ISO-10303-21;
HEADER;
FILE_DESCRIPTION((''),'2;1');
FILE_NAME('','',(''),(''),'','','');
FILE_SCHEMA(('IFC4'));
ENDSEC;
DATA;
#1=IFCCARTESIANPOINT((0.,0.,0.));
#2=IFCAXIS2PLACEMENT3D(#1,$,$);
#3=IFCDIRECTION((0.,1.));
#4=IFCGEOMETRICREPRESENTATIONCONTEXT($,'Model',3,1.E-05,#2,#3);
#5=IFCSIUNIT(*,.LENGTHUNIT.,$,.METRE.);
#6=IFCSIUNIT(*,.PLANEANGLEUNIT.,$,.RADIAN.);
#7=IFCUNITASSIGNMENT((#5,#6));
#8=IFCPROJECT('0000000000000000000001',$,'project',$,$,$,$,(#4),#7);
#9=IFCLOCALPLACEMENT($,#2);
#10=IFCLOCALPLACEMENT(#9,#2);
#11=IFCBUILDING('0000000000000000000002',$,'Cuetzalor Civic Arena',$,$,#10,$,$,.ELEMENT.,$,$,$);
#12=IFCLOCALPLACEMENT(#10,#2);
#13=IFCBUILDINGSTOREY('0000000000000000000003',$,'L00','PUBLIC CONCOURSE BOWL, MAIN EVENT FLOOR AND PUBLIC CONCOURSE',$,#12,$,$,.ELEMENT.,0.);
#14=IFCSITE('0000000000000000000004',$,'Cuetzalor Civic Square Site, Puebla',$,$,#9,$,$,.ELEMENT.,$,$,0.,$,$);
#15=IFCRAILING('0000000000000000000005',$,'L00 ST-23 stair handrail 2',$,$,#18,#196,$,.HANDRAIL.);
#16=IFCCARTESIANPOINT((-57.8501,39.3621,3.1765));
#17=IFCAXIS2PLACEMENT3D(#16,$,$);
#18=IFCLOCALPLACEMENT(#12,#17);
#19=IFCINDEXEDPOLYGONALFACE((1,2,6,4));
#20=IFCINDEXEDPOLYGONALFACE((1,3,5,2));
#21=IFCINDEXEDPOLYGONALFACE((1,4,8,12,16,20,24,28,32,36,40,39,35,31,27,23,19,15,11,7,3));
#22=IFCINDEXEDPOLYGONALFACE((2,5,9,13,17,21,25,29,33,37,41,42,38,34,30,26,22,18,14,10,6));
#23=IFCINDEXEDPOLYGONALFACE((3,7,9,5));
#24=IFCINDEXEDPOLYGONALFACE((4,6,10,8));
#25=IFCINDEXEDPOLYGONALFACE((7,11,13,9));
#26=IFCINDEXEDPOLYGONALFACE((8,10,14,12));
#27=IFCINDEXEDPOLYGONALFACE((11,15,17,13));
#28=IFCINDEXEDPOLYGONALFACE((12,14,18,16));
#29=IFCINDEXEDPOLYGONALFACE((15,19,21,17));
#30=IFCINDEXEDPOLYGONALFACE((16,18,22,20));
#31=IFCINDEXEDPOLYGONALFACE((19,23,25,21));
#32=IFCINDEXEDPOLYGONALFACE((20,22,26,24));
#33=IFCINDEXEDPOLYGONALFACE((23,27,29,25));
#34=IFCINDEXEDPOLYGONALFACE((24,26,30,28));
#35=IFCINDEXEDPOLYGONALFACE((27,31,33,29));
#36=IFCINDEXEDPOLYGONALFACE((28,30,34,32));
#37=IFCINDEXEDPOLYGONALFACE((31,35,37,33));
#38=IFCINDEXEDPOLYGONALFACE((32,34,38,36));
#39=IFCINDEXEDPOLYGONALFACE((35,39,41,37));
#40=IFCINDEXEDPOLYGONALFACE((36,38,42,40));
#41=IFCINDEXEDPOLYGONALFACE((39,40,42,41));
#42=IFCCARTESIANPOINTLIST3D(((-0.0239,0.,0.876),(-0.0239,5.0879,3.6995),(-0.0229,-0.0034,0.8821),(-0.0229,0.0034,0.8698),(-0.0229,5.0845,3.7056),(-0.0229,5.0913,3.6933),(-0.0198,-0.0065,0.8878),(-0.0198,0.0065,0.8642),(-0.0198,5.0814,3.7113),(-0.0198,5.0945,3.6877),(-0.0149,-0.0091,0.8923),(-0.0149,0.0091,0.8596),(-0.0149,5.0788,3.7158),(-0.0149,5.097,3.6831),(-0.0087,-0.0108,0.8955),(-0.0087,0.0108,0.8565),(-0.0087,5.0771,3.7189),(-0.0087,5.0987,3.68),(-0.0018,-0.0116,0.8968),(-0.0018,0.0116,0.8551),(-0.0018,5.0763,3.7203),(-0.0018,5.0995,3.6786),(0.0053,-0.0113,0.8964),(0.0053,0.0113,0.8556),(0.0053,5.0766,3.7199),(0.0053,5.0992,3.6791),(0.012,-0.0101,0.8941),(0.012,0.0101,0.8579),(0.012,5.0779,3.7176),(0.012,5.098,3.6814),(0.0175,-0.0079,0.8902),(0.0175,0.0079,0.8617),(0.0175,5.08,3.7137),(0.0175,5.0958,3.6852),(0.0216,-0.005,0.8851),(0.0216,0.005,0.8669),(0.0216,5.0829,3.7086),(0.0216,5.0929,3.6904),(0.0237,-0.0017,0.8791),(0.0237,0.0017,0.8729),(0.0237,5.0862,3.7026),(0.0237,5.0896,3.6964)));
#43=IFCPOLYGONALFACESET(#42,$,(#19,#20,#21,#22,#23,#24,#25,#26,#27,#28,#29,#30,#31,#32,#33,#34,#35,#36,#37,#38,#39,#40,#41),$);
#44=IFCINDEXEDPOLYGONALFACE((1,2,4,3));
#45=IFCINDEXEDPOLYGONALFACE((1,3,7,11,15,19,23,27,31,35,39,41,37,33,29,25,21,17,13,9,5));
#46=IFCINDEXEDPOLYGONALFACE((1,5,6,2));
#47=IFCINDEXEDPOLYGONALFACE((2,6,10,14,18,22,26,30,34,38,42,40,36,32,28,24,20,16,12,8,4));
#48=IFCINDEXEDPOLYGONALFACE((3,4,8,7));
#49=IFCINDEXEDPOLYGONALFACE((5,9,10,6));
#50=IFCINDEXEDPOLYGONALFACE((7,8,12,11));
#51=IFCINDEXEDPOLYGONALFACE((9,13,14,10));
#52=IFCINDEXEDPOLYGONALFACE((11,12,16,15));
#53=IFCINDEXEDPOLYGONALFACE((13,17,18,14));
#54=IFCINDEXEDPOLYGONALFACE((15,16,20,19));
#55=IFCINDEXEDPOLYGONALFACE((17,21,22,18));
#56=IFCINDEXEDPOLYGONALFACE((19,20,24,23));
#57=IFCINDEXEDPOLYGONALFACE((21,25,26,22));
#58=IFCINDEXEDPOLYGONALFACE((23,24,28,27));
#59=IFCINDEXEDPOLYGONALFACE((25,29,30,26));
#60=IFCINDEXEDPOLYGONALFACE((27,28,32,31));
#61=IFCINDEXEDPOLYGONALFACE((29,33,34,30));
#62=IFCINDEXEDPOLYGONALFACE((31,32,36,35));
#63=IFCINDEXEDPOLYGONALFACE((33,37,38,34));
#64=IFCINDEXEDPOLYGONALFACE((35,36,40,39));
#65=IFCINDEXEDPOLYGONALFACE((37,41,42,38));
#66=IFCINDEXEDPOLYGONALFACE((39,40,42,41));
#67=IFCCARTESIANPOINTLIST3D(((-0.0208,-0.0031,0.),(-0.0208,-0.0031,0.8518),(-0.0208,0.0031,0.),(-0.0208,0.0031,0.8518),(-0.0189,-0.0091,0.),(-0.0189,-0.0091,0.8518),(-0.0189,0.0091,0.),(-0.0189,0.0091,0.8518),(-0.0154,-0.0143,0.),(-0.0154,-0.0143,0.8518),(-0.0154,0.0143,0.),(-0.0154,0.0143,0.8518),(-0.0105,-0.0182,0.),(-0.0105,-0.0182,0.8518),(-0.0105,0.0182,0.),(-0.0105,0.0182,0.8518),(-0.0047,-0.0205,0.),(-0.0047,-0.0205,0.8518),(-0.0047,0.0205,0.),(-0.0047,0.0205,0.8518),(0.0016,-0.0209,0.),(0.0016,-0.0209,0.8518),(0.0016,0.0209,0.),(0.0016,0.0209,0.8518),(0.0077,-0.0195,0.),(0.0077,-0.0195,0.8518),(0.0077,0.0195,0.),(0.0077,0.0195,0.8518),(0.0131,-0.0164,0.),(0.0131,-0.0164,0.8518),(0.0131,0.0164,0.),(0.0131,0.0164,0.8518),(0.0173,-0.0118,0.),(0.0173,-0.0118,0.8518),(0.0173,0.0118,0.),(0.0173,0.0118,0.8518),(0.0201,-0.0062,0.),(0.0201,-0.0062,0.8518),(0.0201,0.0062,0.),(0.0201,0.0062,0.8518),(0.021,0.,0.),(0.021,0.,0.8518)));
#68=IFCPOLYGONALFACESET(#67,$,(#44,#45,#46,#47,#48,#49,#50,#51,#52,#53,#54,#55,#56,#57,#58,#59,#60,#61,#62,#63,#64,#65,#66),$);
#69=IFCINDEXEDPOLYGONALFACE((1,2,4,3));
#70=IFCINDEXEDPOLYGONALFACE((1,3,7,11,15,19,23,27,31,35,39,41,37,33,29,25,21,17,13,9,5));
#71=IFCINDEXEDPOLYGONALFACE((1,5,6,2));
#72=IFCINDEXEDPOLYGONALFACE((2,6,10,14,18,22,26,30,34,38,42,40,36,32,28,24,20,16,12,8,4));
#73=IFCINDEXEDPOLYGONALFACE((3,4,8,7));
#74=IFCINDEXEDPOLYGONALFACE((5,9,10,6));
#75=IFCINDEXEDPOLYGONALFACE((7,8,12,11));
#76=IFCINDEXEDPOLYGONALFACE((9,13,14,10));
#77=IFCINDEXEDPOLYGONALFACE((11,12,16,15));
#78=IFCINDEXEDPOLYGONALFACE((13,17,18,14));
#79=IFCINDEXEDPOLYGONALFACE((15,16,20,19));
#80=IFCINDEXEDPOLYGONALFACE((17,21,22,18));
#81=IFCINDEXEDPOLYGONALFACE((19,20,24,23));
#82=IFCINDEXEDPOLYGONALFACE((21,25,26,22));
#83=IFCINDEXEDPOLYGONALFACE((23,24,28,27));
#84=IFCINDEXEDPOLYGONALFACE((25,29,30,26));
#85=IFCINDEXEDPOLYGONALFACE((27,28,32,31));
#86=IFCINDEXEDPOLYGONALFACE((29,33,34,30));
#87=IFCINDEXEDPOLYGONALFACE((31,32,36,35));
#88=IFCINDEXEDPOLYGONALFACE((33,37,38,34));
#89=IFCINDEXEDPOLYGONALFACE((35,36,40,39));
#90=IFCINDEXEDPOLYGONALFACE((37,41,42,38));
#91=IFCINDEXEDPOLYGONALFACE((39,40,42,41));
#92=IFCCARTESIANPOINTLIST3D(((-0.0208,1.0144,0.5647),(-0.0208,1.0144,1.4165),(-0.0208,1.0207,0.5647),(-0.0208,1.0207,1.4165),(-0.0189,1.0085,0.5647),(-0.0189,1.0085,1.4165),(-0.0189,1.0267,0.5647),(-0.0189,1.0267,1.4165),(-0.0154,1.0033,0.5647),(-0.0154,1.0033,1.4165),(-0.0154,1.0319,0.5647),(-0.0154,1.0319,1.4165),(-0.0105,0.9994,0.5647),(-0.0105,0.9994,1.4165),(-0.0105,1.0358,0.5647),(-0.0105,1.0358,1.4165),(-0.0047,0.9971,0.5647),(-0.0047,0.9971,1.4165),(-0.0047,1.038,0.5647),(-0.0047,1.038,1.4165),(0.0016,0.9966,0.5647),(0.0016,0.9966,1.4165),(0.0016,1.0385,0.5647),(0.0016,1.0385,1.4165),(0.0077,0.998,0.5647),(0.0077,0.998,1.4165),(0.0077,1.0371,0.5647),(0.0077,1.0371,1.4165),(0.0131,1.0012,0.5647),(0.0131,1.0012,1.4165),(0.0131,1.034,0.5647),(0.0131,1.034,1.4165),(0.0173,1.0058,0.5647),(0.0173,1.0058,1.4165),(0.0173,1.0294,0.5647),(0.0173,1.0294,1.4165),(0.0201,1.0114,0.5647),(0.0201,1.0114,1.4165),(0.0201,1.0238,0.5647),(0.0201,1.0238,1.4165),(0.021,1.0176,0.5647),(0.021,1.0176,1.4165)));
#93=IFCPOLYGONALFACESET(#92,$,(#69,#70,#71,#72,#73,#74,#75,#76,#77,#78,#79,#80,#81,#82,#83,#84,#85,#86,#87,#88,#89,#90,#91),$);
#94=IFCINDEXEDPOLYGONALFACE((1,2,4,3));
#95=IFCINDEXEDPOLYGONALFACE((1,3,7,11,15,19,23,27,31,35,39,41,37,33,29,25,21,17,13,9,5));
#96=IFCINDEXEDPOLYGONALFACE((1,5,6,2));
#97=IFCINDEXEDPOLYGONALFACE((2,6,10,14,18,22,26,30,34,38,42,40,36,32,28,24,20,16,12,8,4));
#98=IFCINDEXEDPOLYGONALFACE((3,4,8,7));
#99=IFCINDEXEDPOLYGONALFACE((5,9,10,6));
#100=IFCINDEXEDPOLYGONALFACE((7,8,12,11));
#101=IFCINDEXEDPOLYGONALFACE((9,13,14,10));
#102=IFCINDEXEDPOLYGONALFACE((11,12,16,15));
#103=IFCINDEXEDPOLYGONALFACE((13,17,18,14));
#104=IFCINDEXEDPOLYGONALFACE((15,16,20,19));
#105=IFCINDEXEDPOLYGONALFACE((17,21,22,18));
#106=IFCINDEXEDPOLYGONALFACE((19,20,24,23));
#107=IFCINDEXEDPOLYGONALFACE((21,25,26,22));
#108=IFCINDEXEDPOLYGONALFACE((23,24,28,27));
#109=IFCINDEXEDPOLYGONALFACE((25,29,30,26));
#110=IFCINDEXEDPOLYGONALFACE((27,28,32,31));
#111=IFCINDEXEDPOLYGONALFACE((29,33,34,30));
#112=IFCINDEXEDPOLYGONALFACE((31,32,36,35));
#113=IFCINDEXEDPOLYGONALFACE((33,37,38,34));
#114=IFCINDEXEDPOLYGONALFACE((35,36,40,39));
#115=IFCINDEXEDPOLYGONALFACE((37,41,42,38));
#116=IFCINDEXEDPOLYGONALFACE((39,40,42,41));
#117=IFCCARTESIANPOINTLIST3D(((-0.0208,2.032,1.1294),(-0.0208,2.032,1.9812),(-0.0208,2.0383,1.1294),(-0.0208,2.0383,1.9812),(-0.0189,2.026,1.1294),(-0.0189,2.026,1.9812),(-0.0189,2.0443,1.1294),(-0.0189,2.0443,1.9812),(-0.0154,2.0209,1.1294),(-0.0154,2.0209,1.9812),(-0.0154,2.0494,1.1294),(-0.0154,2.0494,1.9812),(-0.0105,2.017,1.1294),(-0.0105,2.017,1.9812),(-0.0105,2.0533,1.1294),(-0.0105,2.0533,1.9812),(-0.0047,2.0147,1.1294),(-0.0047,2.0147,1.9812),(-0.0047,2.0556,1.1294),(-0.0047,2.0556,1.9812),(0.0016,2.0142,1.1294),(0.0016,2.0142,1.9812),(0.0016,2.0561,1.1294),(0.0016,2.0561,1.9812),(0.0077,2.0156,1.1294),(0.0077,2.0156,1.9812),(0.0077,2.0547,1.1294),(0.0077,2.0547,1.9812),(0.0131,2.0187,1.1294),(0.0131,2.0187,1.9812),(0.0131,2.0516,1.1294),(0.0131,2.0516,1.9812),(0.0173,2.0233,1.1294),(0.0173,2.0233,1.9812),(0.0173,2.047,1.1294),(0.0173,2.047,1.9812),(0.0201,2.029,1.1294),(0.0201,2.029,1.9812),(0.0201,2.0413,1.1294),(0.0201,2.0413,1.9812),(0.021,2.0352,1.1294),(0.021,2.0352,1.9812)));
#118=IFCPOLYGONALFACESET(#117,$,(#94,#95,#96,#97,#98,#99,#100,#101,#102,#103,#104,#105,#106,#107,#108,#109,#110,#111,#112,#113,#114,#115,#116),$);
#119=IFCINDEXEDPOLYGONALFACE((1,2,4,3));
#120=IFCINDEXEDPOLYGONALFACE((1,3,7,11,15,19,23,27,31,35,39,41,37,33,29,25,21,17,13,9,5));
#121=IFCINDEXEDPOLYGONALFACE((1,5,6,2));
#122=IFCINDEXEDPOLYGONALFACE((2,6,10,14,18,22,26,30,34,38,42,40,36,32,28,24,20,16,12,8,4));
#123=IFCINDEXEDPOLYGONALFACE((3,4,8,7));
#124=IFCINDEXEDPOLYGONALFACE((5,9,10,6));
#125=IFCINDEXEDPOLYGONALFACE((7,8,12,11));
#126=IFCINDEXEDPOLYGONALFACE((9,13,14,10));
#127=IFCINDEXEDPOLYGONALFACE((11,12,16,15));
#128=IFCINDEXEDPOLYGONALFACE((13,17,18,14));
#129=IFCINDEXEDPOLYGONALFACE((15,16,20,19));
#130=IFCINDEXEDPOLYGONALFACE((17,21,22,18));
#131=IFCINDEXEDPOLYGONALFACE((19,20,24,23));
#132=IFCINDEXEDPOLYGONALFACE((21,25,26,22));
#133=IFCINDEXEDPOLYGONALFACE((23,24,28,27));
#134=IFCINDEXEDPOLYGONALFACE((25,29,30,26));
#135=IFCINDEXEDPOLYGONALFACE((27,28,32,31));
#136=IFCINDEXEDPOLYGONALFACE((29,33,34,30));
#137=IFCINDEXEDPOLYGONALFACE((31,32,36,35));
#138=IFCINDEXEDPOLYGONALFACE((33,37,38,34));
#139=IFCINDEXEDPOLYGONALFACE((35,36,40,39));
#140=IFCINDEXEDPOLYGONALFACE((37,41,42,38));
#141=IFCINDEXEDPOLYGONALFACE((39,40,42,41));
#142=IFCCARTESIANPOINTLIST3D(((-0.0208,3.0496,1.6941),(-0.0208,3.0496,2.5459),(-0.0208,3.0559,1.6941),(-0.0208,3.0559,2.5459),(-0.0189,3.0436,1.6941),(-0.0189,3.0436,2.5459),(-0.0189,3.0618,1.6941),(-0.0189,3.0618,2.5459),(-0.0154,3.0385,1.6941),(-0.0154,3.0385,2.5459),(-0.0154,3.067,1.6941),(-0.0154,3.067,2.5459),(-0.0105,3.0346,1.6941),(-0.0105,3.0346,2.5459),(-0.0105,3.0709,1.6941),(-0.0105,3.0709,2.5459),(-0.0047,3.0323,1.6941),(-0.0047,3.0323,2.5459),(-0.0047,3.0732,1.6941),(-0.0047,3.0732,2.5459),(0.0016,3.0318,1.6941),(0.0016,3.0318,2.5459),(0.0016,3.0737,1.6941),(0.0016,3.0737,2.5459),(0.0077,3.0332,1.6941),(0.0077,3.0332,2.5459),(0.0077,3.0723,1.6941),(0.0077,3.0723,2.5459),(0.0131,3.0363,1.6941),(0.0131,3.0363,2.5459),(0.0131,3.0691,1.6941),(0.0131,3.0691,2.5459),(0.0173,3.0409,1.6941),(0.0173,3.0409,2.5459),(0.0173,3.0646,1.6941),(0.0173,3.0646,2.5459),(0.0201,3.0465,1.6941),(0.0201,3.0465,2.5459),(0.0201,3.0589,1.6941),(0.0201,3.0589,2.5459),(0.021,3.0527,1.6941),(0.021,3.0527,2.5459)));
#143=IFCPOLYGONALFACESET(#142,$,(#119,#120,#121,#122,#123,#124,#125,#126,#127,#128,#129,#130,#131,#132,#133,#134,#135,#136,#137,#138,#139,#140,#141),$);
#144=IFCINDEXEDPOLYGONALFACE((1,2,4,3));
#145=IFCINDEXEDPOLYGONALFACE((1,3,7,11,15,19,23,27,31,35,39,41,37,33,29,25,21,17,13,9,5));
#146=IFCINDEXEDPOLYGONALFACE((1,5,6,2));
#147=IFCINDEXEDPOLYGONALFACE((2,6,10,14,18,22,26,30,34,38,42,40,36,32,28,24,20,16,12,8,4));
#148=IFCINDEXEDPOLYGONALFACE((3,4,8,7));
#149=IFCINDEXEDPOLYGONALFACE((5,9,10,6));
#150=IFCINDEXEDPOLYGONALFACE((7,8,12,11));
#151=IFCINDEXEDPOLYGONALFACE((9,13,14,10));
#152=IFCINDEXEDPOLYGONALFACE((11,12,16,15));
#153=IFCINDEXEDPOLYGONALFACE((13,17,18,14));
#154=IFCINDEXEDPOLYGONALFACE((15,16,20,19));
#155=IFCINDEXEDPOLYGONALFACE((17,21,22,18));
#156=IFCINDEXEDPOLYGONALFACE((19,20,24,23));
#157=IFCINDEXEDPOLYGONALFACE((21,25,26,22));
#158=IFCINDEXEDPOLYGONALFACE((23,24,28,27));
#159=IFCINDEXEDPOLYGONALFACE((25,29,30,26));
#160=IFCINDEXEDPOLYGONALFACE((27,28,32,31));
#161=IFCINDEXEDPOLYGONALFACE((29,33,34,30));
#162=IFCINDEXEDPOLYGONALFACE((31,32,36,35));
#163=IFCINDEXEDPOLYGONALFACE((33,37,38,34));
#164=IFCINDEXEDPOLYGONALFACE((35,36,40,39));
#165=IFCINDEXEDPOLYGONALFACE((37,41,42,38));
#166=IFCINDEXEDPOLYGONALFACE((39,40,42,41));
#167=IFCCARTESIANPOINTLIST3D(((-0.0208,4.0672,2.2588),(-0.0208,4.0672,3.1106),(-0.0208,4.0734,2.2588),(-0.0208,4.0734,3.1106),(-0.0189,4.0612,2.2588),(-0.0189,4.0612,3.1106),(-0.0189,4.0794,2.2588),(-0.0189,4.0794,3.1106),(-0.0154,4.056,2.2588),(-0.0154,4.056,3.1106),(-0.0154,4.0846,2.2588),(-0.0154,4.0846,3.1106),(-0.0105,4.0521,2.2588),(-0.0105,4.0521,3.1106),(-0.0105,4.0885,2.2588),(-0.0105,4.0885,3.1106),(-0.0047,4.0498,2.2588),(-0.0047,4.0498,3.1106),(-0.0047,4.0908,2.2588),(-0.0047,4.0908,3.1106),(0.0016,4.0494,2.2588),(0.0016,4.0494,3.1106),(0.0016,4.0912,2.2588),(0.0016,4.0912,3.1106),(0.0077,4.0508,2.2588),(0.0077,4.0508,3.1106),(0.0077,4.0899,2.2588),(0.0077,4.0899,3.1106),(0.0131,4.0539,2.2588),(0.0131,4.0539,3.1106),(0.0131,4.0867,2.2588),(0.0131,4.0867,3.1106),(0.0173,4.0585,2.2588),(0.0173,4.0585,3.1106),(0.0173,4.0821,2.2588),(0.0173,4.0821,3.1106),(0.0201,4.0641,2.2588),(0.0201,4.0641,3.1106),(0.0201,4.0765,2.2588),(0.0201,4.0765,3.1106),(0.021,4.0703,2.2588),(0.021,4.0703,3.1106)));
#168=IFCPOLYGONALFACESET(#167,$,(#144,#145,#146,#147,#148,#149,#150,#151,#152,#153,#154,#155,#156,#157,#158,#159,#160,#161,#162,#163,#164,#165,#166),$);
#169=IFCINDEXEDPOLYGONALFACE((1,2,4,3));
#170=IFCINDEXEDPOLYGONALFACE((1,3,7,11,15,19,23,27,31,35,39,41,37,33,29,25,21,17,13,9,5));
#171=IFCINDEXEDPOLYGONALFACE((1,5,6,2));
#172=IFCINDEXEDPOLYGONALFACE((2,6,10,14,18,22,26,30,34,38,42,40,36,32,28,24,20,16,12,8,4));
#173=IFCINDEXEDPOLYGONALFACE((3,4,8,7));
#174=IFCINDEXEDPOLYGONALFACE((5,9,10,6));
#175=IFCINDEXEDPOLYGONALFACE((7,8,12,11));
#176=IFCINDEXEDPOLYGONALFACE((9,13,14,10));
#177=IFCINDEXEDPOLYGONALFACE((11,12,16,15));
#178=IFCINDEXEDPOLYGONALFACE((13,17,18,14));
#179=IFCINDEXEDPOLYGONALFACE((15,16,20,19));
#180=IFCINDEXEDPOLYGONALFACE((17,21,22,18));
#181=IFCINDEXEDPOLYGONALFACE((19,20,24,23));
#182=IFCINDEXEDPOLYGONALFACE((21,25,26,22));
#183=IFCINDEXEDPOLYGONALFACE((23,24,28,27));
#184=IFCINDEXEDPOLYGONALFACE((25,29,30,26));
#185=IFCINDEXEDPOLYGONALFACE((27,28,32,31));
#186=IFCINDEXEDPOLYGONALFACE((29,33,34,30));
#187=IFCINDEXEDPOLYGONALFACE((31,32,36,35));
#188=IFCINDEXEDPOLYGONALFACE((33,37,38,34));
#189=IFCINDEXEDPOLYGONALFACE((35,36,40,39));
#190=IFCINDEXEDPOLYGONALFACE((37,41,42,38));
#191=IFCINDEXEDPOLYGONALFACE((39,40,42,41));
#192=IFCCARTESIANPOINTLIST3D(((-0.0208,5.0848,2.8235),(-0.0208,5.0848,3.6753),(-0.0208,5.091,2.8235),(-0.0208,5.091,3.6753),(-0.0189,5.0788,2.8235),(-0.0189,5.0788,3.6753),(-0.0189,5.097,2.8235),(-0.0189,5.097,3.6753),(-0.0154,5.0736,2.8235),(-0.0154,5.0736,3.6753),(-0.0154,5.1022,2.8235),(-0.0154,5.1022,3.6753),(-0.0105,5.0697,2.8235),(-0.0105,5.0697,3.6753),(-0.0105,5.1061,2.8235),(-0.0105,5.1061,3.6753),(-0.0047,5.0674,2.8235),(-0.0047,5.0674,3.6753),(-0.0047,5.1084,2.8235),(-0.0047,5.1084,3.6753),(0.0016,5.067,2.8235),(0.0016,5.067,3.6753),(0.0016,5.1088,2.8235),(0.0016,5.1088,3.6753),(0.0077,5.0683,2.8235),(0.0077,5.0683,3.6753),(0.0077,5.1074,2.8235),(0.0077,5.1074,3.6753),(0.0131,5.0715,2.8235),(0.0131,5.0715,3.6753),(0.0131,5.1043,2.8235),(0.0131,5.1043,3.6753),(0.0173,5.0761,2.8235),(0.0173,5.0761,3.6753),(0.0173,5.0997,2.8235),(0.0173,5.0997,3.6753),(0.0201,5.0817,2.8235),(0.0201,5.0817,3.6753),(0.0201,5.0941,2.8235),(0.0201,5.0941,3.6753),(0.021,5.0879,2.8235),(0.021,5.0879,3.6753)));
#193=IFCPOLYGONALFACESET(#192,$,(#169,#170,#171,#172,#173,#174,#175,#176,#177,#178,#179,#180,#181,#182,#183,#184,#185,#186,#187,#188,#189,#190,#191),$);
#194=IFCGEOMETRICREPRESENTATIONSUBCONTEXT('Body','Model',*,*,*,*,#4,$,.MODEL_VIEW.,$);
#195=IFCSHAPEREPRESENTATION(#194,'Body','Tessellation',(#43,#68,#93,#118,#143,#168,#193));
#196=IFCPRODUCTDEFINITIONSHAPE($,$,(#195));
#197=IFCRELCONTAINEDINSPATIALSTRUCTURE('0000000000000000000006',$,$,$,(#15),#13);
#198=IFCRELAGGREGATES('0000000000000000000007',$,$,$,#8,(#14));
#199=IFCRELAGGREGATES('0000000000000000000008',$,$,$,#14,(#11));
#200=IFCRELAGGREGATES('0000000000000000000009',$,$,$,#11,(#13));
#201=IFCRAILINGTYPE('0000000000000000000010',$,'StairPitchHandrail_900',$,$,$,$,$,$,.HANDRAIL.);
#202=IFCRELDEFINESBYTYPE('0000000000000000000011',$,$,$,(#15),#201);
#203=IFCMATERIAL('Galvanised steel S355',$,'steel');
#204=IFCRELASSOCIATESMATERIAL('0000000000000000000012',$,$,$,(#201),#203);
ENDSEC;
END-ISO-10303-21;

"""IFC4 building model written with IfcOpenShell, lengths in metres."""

from ifc_helpers import new_model, si_unit, direction, frame, origin, origin_2d, place, context, subcontext, project, spatial, circle, extrude, material, type_object, element, save


model = new_model("IFC4")

# Units and contexts
model_context = context("Model", 3, precision=1e-05, world=origin(), true_north=direction((0.0, 1.0)))
body_context = subcontext(model_context, "Body", "Model", "MODEL_VIEW")
ifc_project = project(units=[si_unit("LENGTHUNIT", "METRE"), si_unit("PLANEANGLEUNIT", "RADIAN")], contexts=[model_context])

# Site, building, storey
site_placement = place(None, origin())
site = spatial("IfcSite", under=ifc_project, at=site_placement, Name="Cuetzalor Civic Square Site, Puebla", CompositionType="ELEMENT", RefElevation=0.0)
building_placement = place(site_placement, origin())
building = spatial("IfcBuilding", under=site, at=building_placement, Name="Cuetzalor Civic Arena", CompositionType="ELEMENT")
storey_placement = place(building_placement, origin())
storey = spatial("IfcBuildingStorey", under=building, at=storey_placement, Name="L00", Description="PUBLIC CONCOURSE BOWL, MAIN EVENT FLOOR AND PUBLIC CONCOURSE", CompositionType="ELEMENT", Elevation=0.0)

# Railing
ifc_material_1 = material(Name="Galvanised steel S355", Category="steel")
railing_type_1 = type_object("IfcRailingType", Name="StairPitchHandrail_900", PredefinedType="HANDRAIL", material=ifc_material_1)
railing_1_placement = place(storey_placement, frame((-57.8501, 39.3621, 3.1765)))
element("IfcRailing", 1, at=railing_1_placement, inside=storey, type_object=railing_type_1, Name="L00 ST-23 stair handrail 2", PredefinedType="HANDRAIL", context=body_context, shape_type="SweptSolid", body=[
    extrude(circle(Radius=0.0239, at=origin_2d()), frame((0.0, 0.0, 0.876), z_axis=(0.0, 0.874385, 0.485233), x_axis=(-1.0, 0.0, 0.0)), (0.0, 0.0, 1.0), 5.8188),
    extrude(circle(Radius=0.021, at=origin_2d()), origin(), (0.0, 0.0, 1.0), 0.8518),
    extrude(circle(Radius=0.021, at=origin_2d()), frame((0.0, 1.0176, 0.5647)), (0.0, 0.0, 1.0), 0.8518),
    extrude(circle(Radius=0.021, at=origin_2d()), frame((0.0, 2.0352, 1.1294)), (0.0, 0.0, 1.0), 0.8518),
    extrude(circle(Radius=0.021, at=origin_2d()), frame((0.0, 3.0527, 1.6941)), (0.0, 0.0, 1.0), 0.8518),
    extrude(circle(Radius=0.021, at=origin_2d()), frame((0.0, 4.0703, 2.2588)), (0.0, 0.0, 1.0), 0.8518),
    extrude(circle(Radius=0.021, at=origin_2d()), frame((0.0, 5.0879, 2.8235)), (0.0, 0.0, 1.0), 0.8518),
])

save(model, "model.ifc")
